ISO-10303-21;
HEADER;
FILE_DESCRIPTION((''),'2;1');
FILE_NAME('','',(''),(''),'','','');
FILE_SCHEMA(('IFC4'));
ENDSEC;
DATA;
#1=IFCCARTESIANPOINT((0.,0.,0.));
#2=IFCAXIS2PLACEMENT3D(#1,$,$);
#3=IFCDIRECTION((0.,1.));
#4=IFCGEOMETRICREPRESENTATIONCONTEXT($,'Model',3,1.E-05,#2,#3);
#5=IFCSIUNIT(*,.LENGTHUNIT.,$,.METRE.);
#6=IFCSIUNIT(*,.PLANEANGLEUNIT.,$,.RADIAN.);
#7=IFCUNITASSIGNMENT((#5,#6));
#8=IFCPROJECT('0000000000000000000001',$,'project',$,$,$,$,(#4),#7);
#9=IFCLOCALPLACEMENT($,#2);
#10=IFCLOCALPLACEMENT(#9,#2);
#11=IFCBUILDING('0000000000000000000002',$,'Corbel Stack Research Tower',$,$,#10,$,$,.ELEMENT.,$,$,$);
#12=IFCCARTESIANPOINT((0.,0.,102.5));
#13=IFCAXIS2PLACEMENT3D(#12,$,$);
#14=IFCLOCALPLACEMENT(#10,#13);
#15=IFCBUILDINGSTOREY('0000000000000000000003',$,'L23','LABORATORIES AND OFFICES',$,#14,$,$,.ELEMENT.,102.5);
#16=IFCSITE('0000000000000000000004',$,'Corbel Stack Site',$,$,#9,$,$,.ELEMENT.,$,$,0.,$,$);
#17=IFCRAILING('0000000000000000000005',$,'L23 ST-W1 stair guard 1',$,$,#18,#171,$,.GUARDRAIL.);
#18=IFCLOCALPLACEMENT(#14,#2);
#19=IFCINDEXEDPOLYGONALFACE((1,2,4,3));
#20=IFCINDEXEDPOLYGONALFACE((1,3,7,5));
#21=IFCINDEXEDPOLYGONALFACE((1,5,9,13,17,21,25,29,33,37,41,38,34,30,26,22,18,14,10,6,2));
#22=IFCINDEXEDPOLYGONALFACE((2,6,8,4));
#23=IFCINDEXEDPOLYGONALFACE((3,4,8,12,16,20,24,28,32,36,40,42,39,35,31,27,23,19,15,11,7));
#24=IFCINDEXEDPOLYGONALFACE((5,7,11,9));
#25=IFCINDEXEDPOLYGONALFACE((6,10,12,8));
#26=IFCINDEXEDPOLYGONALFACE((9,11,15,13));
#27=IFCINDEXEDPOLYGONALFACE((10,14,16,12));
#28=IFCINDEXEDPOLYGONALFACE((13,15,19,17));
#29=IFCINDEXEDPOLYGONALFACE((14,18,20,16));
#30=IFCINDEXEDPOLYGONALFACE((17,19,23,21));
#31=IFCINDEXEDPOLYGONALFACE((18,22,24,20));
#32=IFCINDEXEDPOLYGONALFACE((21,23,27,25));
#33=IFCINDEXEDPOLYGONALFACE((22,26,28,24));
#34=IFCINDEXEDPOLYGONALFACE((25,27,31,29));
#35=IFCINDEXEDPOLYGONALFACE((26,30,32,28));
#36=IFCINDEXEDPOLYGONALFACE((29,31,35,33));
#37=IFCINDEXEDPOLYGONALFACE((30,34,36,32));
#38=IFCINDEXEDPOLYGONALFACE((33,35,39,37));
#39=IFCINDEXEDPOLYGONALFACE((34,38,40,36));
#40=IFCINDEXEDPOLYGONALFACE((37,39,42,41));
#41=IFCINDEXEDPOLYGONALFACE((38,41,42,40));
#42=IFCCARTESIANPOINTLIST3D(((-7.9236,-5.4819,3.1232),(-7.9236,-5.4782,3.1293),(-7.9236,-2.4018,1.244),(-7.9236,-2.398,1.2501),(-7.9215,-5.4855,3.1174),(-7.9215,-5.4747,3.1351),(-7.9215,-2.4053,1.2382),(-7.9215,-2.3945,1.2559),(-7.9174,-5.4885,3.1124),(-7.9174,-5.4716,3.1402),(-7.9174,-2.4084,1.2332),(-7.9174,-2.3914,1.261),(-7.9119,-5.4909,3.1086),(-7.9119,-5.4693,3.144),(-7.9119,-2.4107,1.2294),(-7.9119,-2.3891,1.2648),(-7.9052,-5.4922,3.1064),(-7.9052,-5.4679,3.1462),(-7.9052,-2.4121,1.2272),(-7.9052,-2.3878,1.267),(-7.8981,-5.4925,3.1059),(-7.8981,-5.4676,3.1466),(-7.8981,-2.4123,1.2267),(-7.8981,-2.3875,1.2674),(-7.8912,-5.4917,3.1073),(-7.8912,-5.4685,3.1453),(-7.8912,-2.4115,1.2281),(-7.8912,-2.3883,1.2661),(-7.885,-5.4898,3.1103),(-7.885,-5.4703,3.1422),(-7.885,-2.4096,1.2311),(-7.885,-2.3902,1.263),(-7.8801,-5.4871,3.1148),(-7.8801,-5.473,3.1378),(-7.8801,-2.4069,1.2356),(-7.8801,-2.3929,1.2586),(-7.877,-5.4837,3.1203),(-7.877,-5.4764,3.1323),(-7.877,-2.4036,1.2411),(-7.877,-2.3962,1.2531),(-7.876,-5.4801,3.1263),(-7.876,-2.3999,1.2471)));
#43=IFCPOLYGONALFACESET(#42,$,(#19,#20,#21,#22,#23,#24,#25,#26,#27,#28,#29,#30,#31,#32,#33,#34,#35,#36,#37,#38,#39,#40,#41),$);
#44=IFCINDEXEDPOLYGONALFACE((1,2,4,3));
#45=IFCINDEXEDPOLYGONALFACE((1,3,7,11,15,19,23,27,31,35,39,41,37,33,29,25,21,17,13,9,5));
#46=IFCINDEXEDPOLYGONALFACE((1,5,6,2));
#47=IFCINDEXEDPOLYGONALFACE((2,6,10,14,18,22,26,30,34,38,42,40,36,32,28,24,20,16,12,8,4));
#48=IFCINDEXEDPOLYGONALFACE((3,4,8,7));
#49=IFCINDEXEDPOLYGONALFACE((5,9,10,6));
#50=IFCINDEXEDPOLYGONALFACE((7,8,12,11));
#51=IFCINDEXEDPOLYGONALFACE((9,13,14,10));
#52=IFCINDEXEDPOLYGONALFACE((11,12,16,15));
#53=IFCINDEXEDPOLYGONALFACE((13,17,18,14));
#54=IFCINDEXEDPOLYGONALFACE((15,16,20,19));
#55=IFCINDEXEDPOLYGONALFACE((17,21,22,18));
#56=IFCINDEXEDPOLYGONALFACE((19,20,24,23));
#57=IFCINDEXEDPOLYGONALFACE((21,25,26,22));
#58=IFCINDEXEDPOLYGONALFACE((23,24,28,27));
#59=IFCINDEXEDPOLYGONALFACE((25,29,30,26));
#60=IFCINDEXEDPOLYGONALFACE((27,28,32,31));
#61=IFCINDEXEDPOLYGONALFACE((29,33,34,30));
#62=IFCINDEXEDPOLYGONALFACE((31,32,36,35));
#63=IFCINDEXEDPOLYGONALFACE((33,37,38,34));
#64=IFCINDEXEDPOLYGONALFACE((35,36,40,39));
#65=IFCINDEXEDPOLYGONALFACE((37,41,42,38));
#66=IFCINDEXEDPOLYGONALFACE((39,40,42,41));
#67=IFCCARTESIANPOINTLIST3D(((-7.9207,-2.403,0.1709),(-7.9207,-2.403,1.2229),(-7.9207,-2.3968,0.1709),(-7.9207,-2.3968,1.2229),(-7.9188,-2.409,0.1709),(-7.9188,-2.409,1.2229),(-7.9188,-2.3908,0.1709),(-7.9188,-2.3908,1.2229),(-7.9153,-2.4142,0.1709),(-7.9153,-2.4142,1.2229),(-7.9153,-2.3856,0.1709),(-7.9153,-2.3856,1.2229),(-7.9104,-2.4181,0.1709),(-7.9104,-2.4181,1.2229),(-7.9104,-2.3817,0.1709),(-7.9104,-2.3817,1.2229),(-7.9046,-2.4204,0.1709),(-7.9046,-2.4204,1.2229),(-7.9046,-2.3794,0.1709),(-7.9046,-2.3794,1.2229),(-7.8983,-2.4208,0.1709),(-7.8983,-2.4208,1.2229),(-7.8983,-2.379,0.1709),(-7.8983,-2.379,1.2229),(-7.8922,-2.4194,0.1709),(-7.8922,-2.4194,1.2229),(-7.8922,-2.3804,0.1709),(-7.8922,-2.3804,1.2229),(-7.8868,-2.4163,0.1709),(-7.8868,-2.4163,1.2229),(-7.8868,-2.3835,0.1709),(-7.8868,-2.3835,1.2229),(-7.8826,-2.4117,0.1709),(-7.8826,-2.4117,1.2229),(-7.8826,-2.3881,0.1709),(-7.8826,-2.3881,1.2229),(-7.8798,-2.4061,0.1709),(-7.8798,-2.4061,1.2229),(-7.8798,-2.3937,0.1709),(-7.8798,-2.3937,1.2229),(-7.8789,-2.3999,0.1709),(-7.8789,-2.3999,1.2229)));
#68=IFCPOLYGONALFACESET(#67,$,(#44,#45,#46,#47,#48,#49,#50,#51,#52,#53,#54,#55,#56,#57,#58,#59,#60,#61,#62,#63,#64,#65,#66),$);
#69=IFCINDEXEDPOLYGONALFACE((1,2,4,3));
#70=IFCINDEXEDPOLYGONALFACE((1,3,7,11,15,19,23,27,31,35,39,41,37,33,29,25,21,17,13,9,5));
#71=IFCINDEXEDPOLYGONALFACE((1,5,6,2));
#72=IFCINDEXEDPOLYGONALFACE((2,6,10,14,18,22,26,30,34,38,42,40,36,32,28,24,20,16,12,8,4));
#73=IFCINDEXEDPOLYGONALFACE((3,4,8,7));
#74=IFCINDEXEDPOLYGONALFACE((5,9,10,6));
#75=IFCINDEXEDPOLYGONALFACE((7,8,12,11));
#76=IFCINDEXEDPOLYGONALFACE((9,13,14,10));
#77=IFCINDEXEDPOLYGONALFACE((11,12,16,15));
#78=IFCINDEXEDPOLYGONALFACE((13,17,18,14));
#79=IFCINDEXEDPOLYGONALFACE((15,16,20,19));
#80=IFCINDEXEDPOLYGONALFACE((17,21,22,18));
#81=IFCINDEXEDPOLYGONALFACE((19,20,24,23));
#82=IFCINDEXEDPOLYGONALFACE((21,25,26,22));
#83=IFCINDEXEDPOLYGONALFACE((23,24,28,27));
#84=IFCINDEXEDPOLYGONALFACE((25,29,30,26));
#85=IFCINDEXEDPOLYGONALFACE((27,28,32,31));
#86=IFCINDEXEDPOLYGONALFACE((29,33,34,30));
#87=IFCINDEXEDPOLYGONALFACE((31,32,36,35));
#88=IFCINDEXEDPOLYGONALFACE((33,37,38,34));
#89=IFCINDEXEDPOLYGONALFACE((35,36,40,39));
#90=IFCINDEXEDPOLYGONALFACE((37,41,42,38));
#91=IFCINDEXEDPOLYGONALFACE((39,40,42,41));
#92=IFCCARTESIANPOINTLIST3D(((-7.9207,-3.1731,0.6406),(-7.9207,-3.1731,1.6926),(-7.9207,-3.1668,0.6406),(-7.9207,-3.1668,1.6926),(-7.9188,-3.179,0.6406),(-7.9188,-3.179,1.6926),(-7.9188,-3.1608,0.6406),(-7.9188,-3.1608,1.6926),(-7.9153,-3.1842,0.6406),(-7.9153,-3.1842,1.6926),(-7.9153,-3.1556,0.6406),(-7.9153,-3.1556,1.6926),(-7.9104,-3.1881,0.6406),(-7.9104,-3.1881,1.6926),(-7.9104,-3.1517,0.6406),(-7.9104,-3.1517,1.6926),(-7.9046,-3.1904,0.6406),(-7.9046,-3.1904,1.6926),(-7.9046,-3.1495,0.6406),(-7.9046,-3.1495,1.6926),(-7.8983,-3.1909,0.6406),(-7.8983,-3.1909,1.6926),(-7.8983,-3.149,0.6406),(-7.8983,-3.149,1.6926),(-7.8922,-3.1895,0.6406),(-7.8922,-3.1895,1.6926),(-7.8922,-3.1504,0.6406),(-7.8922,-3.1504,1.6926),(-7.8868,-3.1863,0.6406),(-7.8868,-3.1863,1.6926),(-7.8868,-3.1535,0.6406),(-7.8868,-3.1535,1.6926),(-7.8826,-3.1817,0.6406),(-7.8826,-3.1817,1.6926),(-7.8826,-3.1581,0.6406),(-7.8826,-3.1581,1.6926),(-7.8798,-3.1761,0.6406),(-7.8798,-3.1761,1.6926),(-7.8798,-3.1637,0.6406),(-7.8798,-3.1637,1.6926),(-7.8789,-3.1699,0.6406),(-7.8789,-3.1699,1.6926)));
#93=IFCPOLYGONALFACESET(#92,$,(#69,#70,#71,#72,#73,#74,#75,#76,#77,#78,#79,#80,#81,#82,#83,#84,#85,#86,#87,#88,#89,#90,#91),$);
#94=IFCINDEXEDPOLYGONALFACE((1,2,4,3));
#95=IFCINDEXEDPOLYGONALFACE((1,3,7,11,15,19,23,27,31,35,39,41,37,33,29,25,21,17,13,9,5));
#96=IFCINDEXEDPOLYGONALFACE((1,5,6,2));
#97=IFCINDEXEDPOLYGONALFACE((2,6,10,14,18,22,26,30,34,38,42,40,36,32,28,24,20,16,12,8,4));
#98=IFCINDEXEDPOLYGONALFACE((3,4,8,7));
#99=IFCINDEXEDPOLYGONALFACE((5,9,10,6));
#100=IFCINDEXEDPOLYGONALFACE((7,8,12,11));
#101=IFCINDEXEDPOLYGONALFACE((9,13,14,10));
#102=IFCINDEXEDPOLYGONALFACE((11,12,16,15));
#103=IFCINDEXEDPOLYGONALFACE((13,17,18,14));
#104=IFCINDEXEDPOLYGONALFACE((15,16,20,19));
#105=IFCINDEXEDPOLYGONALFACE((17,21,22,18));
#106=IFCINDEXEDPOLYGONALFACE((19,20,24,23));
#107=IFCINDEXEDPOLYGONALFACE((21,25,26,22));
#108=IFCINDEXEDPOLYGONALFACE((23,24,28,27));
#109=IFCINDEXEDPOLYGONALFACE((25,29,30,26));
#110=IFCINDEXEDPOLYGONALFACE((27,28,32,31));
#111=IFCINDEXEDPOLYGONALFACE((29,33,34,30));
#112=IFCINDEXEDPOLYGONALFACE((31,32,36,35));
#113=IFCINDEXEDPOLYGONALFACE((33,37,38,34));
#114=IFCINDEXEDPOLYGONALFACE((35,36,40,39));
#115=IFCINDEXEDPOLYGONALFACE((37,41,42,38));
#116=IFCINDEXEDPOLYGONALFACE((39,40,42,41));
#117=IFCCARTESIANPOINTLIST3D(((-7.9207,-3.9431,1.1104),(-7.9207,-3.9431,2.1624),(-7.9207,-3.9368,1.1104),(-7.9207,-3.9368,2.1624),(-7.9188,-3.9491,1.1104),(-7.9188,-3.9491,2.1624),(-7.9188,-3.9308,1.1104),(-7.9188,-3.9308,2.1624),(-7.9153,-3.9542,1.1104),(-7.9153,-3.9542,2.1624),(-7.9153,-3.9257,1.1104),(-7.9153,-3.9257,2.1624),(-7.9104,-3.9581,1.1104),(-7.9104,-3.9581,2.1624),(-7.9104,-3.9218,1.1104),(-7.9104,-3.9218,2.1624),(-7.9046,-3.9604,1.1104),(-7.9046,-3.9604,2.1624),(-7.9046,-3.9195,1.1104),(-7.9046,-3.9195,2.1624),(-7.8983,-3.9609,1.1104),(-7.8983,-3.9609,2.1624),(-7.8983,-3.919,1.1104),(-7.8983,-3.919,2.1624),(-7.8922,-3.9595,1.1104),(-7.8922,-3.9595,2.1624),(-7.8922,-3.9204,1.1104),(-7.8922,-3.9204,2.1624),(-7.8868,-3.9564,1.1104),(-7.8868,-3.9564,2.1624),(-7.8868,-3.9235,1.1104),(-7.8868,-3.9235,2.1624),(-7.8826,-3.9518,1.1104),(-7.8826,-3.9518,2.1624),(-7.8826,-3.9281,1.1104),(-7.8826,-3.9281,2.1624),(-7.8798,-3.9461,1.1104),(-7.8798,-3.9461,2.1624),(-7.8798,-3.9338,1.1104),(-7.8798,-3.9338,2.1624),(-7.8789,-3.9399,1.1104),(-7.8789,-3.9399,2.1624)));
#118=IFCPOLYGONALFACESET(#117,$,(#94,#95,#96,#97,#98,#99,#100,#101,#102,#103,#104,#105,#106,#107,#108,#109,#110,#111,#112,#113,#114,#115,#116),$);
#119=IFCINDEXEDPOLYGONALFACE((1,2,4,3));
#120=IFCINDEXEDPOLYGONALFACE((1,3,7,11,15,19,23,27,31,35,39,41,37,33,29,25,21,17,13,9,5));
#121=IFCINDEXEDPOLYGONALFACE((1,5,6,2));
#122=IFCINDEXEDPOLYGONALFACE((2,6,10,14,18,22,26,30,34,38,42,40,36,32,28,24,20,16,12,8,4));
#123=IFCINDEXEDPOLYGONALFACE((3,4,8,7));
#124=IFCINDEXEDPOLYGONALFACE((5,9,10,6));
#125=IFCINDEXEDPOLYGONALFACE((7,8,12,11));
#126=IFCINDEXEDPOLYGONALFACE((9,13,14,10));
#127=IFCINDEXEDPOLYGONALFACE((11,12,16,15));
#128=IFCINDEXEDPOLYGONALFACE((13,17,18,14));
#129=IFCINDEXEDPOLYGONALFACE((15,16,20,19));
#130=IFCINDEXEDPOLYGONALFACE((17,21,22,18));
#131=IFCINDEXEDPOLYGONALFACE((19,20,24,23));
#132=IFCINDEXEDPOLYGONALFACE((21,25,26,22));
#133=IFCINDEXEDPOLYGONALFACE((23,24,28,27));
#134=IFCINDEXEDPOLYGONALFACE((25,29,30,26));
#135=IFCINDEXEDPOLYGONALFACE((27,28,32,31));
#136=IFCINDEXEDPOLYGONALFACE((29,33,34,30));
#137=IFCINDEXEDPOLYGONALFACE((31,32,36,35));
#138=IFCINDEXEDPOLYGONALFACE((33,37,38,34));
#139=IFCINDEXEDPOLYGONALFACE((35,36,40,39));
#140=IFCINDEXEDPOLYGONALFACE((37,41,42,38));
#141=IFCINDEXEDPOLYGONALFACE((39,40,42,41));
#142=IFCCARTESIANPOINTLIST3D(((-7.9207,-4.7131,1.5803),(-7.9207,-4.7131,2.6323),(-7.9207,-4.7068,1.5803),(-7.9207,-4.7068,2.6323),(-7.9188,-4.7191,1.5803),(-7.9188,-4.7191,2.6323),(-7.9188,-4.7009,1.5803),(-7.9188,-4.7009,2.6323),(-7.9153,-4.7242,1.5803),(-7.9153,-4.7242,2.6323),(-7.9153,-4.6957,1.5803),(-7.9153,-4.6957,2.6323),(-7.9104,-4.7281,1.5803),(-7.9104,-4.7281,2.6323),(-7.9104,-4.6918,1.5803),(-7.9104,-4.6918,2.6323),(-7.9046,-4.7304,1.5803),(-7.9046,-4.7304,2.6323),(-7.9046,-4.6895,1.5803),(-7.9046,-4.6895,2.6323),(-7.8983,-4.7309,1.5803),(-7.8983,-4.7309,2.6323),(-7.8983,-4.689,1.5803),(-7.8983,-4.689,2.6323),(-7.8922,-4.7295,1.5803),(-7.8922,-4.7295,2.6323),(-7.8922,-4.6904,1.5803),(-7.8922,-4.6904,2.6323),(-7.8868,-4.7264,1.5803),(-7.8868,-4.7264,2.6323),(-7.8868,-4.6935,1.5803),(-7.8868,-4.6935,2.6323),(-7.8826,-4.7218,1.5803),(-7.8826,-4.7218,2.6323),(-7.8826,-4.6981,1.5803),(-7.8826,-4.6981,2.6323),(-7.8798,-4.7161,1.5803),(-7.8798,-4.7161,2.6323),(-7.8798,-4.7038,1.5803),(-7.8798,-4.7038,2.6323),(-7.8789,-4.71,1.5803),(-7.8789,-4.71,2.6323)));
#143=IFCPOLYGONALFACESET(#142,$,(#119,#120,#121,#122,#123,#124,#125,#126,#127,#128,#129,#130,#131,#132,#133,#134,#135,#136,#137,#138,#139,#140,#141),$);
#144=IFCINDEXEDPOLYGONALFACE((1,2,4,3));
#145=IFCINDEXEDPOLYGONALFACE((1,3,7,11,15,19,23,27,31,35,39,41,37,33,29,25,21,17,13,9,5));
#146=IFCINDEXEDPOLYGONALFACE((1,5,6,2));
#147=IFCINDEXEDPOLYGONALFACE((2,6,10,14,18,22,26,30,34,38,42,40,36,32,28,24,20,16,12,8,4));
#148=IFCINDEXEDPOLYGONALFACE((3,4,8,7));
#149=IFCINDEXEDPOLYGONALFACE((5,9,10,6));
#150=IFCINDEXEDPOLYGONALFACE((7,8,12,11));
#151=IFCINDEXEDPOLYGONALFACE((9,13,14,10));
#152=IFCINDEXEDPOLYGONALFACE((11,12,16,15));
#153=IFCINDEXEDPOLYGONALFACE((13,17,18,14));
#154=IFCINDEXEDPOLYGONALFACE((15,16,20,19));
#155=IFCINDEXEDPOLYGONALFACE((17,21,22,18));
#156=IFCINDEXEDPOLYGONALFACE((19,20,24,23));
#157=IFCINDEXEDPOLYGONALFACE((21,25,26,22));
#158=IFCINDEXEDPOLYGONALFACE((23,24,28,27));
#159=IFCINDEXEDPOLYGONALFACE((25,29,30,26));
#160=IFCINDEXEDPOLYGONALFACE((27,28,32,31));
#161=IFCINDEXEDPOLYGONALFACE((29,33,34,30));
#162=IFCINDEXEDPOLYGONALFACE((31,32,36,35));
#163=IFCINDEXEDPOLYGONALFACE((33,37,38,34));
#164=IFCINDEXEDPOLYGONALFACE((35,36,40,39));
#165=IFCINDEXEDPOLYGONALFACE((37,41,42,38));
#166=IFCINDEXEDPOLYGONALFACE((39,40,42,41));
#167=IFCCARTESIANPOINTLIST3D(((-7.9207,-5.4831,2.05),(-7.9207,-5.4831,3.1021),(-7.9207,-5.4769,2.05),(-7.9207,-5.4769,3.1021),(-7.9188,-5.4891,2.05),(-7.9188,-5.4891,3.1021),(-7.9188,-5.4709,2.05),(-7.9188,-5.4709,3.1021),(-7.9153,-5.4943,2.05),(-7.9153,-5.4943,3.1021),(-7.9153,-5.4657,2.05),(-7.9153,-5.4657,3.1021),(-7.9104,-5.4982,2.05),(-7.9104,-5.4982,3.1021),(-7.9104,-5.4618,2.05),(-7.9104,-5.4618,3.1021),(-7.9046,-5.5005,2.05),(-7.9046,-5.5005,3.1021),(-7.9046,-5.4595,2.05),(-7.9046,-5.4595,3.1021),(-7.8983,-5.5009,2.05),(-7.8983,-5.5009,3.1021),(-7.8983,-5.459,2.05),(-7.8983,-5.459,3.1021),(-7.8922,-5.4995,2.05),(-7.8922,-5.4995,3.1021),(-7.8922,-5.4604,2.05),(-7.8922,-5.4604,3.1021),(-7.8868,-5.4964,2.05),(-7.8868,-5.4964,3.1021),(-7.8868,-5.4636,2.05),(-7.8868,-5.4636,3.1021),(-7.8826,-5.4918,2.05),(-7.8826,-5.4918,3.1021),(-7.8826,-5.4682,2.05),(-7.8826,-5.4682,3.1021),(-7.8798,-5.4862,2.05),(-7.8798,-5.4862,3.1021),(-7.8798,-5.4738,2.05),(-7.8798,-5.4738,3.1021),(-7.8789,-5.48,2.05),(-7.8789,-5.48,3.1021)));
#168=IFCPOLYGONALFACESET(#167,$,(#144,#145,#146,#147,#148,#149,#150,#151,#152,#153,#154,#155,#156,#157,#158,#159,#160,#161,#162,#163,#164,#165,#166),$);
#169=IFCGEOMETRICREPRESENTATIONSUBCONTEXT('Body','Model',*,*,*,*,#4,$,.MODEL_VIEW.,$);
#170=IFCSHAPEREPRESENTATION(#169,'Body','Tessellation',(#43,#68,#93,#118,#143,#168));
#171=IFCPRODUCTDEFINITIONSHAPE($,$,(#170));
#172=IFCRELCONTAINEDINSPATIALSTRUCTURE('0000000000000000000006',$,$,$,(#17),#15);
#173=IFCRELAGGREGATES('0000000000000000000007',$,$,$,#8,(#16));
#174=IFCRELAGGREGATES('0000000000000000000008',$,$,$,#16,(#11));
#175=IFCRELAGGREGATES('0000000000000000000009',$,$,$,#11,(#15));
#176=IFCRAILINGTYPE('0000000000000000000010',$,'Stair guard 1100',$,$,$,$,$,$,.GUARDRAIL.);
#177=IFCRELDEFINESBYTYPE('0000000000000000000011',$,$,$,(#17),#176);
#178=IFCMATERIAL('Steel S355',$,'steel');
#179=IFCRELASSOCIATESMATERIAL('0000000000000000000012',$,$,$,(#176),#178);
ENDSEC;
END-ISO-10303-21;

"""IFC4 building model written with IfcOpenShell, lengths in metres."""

from ifc_helpers import new_model, si_unit, direction, frame, origin, origin_2d, place, context, subcontext, project, spatial, circle, extrude, material, type_object, element, save


model = new_model("IFC4")

# Units and contexts
model_context = context("Model", 3, precision=1e-05, world=origin(), true_north=direction((0.0, 1.0)))
body_context = subcontext(model_context, "Body", "Model", "MODEL_VIEW")
ifc_project = project(units=[si_unit("LENGTHUNIT", "METRE"), si_unit("PLANEANGLEUNIT", "RADIAN")], contexts=[model_context])

# Site, building, storey
site_placement = place(None, origin())
site = spatial("IfcSite", under=ifc_project, at=site_placement, Name="Corbel Stack Site", CompositionType="ELEMENT", RefElevation=0.0)
building_placement = place(site_placement, origin())
building = spatial("IfcBuilding", under=site, at=building_placement, Name="Corbel Stack Research Tower", CompositionType="ELEMENT")
storey_placement = place(building_placement, frame((0.0, 0.0, 102.5)))
storey = spatial("IfcBuildingStorey", under=building, at=storey_placement, Name="L23", Description="LABORATORIES AND OFFICES", CompositionType="ELEMENT", Elevation=102.5)

# Railing
ifc_material_1 = material(Name="Steel S355", Category="steel")
railing_type_1 = type_object("IfcRailingType", Name="Stair guard 1100", PredefinedType="GUARDRAIL", material=ifc_material_1)
railing_1_placement = place(storey_placement, frame((-7.8999, -2.3999, 0.1709)))
element("IfcRailing", 1, at=railing_1_placement, inside=storey, type_object=railing_type_1, Name="L23 ST-W1 stair guard 1", PredefinedType="GUARDRAIL", context=body_context, shape_type="SweptSolid", body=[
    extrude(circle(Radius=0.0239, at=origin_2d()), frame((0.0, 0.0, 1.0762), z_axis=(0.0, -0.853666, 0.52082), x_axis=(1.0, 0.0, 0.0)), (0.0, 0.0, 1.0), 3.6082),
    extrude(circle(Radius=0.021, at=origin_2d()), origin(), (0.0, 0.0, 1.0), 1.052),
    extrude(circle(Radius=0.021, at=origin_2d()), frame((0.0, -0.77, 0.4697)), (0.0, 0.0, 1.0), 1.052),
    extrude(circle(Radius=0.021, at=origin_2d()), frame((0.0, -1.54, 0.9395)), (0.0, 0.0, 1.0), 1.052),
    extrude(circle(Radius=0.021, at=origin_2d()), frame((0.0, -2.3101, 1.4094)), (0.0, 0.0, 1.0), 1.052),
    extrude(circle(Radius=0.021, at=origin_2d()), frame((0.0, -3.0801, 1.8792)), (0.0, 0.0, 1.0), 1.052),
])

save(model, "model.ifc")
